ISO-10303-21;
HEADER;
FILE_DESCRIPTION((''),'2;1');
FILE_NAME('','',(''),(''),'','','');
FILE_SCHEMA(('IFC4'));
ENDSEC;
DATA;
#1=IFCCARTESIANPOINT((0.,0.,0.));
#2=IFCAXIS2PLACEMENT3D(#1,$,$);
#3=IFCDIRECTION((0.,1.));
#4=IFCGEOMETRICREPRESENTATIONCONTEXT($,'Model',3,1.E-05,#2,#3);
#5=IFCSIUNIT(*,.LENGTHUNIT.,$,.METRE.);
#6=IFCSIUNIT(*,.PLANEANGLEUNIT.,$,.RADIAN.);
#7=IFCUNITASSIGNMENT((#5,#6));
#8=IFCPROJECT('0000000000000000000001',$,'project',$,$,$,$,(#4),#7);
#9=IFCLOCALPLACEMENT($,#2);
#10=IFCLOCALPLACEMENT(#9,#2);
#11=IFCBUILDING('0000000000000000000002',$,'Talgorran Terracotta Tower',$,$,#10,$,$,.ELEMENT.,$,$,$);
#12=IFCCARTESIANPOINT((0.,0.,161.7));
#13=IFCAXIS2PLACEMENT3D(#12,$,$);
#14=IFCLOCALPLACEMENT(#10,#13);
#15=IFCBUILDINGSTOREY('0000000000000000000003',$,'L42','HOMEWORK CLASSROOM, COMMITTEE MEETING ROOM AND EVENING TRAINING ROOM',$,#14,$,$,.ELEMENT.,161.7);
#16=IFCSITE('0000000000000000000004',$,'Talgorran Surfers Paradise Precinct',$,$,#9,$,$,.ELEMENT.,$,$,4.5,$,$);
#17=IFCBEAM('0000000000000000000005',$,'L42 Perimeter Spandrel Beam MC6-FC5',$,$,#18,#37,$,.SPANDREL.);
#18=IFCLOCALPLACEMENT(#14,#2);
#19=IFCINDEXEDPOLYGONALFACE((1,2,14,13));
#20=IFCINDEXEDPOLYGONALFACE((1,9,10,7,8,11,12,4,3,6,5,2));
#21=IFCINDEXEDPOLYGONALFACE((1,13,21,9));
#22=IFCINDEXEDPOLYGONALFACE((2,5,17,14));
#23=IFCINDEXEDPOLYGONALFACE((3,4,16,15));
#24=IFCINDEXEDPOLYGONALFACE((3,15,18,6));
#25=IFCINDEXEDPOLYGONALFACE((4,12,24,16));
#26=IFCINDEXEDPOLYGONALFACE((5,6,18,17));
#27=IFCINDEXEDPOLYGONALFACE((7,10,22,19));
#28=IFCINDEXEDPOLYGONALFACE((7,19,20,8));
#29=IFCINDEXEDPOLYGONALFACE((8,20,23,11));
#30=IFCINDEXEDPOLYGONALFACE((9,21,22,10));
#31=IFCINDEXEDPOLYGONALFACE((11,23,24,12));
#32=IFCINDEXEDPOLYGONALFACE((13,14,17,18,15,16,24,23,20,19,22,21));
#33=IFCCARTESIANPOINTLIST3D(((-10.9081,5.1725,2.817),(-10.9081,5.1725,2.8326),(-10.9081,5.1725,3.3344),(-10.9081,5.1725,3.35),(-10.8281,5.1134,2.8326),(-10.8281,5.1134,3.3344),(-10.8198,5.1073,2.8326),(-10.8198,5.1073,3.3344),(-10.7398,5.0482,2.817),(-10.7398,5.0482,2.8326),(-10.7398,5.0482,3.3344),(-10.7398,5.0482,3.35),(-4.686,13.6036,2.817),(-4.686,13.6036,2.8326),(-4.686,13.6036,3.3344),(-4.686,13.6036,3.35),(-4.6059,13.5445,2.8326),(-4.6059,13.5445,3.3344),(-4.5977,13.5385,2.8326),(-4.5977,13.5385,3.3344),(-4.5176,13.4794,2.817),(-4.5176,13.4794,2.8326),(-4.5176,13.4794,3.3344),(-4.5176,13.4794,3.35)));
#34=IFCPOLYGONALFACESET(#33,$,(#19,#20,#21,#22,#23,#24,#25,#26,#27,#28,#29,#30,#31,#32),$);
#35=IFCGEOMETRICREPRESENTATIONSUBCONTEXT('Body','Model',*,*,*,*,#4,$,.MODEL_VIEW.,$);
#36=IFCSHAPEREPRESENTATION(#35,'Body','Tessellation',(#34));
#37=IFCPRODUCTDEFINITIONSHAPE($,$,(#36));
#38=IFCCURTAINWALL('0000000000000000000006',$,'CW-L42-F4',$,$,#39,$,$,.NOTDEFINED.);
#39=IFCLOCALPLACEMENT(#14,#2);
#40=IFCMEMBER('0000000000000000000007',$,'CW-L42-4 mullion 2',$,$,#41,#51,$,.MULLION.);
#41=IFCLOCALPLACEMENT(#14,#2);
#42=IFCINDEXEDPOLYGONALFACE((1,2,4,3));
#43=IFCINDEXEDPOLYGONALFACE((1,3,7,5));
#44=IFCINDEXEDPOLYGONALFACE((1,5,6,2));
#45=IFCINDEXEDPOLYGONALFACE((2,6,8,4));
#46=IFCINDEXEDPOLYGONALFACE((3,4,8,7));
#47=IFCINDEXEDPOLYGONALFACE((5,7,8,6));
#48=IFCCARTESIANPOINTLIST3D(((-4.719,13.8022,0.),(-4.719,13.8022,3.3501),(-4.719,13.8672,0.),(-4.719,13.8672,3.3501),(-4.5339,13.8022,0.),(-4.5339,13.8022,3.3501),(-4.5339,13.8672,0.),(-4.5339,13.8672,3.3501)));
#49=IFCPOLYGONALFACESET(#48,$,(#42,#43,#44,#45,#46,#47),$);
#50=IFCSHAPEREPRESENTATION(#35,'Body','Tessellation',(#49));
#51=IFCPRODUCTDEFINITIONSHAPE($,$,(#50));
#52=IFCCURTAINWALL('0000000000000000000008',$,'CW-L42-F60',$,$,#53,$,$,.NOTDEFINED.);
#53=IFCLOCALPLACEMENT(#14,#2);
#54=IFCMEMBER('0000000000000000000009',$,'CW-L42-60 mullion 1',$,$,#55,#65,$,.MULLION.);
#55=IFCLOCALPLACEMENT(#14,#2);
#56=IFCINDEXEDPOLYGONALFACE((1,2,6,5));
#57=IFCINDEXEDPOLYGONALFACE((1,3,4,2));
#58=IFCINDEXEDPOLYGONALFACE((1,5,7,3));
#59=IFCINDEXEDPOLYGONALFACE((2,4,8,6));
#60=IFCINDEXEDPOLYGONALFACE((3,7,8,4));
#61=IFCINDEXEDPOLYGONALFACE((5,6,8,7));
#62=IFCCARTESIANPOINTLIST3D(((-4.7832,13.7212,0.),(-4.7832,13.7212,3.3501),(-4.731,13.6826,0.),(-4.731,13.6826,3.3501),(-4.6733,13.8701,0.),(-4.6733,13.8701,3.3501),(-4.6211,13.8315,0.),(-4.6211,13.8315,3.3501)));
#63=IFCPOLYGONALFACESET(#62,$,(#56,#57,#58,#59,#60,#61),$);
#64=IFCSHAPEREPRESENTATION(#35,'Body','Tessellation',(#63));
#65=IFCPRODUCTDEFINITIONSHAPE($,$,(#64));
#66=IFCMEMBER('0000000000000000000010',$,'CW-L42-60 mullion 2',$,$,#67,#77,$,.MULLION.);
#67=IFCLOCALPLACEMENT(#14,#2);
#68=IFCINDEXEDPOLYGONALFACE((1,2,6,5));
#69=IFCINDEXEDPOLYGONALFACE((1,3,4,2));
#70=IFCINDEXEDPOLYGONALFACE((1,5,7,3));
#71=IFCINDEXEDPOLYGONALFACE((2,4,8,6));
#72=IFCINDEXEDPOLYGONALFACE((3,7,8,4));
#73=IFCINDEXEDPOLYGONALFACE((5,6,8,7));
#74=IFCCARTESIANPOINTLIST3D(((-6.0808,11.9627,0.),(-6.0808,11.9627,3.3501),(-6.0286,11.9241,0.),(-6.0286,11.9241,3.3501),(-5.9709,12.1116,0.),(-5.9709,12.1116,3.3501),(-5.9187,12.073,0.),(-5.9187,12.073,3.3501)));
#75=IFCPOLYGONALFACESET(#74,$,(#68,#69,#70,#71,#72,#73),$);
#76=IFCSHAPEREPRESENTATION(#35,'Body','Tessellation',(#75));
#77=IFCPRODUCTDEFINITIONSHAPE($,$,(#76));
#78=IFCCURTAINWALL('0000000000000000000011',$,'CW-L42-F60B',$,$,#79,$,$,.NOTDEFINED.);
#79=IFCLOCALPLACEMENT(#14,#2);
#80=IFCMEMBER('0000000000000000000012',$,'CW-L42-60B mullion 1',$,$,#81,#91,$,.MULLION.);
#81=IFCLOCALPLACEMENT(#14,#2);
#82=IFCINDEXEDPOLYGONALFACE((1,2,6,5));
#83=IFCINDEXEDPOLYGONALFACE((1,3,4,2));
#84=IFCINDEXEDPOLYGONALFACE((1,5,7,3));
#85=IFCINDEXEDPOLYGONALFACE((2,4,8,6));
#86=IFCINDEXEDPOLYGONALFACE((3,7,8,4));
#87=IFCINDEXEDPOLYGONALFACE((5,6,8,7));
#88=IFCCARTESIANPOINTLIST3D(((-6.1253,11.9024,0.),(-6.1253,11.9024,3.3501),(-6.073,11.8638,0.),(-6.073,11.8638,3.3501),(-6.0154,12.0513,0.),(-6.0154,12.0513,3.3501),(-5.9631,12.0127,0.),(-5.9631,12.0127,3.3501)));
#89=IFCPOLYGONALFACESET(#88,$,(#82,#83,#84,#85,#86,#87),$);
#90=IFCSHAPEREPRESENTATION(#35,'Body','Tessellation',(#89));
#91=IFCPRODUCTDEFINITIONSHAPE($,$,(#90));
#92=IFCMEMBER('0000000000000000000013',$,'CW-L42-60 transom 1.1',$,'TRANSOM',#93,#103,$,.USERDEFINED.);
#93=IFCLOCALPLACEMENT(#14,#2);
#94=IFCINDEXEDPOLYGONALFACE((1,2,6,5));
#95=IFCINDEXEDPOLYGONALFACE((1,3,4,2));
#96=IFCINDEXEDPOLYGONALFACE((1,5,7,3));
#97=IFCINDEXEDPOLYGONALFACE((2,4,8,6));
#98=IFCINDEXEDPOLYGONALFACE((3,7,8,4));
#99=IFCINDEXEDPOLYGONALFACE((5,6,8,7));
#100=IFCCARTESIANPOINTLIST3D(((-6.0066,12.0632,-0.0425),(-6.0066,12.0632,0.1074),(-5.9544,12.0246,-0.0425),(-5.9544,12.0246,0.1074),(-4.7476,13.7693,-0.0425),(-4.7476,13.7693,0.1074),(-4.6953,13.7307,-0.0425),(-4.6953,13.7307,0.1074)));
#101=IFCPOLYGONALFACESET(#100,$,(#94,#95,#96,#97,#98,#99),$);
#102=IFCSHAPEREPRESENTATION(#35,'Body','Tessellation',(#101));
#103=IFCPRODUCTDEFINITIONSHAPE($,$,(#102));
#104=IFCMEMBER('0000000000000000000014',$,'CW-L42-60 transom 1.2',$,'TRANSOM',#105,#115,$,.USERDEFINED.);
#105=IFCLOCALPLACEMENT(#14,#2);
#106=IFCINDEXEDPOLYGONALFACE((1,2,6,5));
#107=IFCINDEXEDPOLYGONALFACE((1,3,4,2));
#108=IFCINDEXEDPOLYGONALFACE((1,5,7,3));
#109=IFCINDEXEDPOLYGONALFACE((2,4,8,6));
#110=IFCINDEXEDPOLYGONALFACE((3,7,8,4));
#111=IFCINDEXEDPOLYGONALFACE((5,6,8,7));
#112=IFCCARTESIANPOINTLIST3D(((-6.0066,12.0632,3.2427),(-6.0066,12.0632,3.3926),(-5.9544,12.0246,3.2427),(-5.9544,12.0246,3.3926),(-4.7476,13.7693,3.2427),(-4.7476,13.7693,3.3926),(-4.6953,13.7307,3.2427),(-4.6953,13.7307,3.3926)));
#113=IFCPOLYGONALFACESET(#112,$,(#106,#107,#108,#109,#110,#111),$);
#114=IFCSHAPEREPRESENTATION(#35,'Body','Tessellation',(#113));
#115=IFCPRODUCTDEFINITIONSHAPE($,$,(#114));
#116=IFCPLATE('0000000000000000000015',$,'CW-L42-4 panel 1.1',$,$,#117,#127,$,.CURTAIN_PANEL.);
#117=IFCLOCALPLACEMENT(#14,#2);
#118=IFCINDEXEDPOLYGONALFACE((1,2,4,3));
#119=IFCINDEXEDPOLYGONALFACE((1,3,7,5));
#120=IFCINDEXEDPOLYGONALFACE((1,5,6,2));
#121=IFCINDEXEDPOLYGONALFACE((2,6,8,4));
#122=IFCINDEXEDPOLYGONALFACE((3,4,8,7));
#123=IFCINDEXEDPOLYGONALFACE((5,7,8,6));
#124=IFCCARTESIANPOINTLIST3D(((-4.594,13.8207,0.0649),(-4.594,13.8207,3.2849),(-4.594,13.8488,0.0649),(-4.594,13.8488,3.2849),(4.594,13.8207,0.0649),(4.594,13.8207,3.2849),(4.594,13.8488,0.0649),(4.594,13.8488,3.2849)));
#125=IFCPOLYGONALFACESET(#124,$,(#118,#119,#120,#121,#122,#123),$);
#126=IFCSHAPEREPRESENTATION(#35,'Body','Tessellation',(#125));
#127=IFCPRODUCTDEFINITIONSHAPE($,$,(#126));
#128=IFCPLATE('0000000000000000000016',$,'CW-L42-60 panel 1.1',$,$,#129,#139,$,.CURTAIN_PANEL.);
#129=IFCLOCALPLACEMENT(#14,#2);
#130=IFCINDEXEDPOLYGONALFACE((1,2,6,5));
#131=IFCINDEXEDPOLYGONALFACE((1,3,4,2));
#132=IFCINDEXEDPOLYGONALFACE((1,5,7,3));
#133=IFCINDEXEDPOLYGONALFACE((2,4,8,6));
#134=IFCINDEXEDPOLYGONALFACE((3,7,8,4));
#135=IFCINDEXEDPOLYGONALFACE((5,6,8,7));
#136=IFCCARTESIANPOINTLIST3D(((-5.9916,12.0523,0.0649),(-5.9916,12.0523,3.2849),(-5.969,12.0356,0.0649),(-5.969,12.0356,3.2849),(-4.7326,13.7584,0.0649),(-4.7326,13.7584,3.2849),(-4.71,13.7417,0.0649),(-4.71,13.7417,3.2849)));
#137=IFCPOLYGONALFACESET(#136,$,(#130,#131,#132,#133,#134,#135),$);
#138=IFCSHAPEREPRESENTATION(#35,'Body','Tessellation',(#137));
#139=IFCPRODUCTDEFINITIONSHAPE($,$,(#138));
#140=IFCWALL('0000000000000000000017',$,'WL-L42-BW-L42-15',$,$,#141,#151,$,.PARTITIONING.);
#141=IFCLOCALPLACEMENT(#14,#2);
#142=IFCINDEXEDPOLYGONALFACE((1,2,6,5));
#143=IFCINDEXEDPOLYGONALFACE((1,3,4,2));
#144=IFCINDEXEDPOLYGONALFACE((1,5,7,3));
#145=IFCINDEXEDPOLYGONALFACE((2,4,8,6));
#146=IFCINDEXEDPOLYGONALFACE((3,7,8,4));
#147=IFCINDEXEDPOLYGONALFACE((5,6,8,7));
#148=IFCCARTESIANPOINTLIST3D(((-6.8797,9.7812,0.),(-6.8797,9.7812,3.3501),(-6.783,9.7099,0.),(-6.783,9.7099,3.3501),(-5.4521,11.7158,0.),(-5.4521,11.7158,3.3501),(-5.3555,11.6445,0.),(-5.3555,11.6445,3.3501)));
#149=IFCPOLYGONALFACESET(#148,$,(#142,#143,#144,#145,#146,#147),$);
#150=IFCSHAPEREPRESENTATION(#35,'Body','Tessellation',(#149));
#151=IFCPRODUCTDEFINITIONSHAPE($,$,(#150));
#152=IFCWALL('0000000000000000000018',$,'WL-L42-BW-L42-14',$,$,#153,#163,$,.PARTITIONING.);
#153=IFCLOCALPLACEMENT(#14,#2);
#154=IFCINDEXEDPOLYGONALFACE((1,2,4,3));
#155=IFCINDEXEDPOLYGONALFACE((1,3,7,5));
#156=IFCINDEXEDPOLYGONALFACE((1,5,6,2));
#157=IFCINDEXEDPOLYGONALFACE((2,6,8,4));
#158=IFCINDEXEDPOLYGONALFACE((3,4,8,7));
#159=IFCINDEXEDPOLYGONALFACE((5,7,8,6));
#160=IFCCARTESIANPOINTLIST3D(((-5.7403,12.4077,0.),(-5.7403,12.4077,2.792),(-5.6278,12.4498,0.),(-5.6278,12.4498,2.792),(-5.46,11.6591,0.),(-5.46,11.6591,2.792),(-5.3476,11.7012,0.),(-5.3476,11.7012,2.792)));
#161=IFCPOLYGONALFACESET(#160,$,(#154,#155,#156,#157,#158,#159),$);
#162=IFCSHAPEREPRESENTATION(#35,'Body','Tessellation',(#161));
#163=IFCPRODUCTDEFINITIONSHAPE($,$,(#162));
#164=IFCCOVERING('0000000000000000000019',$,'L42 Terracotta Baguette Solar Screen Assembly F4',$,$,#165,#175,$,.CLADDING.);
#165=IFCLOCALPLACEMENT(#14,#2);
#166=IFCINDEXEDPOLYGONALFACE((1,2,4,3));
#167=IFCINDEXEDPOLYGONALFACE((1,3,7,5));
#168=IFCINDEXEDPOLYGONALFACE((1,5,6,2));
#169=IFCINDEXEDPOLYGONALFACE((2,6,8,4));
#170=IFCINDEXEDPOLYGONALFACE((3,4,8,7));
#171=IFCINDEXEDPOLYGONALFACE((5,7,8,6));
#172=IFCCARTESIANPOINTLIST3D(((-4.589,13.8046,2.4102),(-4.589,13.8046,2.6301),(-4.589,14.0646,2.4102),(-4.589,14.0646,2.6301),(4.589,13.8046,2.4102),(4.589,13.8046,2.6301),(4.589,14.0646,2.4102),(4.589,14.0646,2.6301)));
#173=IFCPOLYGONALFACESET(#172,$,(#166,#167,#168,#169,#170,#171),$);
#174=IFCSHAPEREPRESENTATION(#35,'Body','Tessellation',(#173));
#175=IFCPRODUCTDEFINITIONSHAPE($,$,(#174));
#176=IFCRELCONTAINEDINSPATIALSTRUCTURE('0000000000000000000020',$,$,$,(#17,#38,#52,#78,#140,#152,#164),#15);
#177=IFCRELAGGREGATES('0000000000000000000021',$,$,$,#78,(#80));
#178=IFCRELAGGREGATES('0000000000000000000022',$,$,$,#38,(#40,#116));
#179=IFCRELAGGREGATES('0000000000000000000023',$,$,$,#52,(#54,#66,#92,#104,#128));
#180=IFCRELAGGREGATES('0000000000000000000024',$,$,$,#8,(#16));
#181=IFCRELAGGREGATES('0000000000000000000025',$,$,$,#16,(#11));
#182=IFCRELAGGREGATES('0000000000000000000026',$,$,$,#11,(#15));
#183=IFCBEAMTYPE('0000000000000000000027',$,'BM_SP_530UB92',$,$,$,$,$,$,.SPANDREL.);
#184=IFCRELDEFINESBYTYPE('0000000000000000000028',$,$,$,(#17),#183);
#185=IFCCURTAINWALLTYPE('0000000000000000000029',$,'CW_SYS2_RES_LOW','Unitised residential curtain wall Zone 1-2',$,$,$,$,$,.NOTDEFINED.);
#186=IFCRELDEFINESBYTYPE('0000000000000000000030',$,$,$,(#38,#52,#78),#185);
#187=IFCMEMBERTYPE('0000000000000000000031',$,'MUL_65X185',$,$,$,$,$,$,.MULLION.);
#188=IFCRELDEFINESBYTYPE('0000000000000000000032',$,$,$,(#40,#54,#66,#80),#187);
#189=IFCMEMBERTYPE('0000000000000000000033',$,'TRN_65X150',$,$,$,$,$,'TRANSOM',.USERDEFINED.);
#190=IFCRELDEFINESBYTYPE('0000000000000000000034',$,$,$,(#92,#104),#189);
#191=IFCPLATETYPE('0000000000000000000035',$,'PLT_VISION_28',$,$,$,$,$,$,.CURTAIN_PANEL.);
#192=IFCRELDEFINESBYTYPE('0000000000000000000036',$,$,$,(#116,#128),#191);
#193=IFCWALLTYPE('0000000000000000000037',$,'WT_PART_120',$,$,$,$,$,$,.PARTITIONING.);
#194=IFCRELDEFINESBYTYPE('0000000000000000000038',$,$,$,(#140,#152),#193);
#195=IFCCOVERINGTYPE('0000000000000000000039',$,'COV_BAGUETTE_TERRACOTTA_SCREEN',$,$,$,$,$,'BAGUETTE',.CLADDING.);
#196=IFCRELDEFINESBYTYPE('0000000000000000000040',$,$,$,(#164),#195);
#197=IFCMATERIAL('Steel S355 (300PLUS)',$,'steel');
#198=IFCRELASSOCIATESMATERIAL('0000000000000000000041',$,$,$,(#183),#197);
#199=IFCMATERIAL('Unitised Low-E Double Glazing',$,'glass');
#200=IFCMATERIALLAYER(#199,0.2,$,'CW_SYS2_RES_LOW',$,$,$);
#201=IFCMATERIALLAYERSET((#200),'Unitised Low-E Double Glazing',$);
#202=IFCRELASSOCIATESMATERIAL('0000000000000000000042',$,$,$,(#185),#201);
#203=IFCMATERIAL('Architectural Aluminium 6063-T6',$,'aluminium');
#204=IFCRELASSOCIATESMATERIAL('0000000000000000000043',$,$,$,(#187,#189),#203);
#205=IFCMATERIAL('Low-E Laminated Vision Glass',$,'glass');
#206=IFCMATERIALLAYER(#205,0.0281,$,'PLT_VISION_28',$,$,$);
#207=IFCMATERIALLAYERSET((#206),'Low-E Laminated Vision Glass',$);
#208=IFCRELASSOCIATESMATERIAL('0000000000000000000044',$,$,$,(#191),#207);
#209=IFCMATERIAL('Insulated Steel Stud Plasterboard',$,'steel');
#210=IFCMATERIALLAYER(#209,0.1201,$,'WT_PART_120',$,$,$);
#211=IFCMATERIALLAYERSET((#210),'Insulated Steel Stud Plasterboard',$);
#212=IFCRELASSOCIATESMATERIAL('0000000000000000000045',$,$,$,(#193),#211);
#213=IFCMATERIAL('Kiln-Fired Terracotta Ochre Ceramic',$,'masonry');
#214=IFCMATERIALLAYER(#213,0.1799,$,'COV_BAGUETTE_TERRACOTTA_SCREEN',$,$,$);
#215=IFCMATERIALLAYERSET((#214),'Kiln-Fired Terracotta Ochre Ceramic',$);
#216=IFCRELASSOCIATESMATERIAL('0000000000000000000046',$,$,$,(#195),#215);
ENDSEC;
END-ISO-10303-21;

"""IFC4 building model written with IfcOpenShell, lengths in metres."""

from ifc_helpers import new_model, si_unit, direction, frame, frame_2d, origin, origin_2d, place, context, subcontext, project, spatial, rectangle, i_section, extrude, source, transform, mapped, material, layer, layer_set, material_profile, profile_set, type_object, type_shapes, element, aggregate, save


model = new_model("IFC4")

# Units and contexts
model_context = context("Model", 3, precision=1e-05, world=origin(), true_north=direction((0.0, 1.0)))
body_context = subcontext(model_context, "Body", "Model", "MODEL_VIEW")
ifc_project = project(units=[si_unit("LENGTHUNIT", "METRE"), si_unit("PLANEANGLEUNIT", "RADIAN")], contexts=[model_context])

# Site, building, storey
site_placement = place(None, origin())
site = spatial("IfcSite", under=ifc_project, at=site_placement, Name="Talgorran Surfers Paradise Precinct", CompositionType="ELEMENT", RefElevation=4.5)
building_placement = place(site_placement, origin())
building = spatial("IfcBuilding", under=site, at=building_placement, Name="Talgorran Terracotta Tower", CompositionType="ELEMENT")
storey_placement = place(building_placement, frame((0.0, 0.0, 161.7)))
storey = spatial("IfcBuildingStorey", under=building, at=storey_placement, Name="L42", Description="HOMEWORK CLASSROOM, COMMITTEE MEETING ROOM AND EVENING TRAINING ROOM", CompositionType="ELEMENT", Elevation=161.7)

# Shared definitions
ifc_material_1 = material(Name="Steel S355 (300PLUS)", Category="steel")

# Beam
ifc_material_profile_1 = material_profile(ifc_material_1, i_section(OverallWidth=0.2092, OverallDepth=0.533, WebThickness=0.0103, FlangeThickness=0.0156, at=origin_2d()), Name="530UB92.4")
ifc_profile_set_1 = profile_set([ifc_material_profile_1], Name="Steel S355 (300PLUS)")
beam_type_1 = type_object("IfcBeamType", Name="BM_SP_530UB92", PredefinedType="SPANDREL", material=ifc_profile_set_1)
beam_1_placement = place(storey_placement, frame((-4.6018, 13.5415, 3.0835), z_axis=(-0.593801, -0.804612, 0.0), x_axis=(0.804612, -0.593801, 0.0)))
element("IfcBeam", 1, at=beam_1_placement, inside=storey, type_object=beam_type_1, Name="L42 Perimeter Spandrel Beam MC6-FC5", PredefinedType="SPANDREL", context=body_context, shape_type="SweptSolid", body=[
    extrude(i_section(OverallWidth=0.2092, OverallDepth=0.533, WebThickness=0.0103, FlangeThickness=0.0156, at=origin_2d()), origin(), (0.0, 0.0, 1.0), 10.4785),
])

# Curtain wall, member
ifc_material_2 = material(Name="Unitised Low-E Double Glazing", Category="glass")
ifc_layer_1 = layer(ifc_material_2, 0.2, Name="CW_SYS2_RES_LOW")
ifc_layer_set_1 = layer_set([ifc_layer_1], Name="Unitised Low-E Double Glazing")
curtain_wall_type = type_object("IfcCurtainWallType", Name="CW_SYS2_RES_LOW", Description="Unitised residential curtain wall Zone 1-2", PredefinedType="NOTDEFINED", material=ifc_layer_set_1)
curtain_wall_1_placement = place(storey_placement, origin())
curtain_wall_1 = element("IfcCurtainWall", 2, at=curtain_wall_1_placement, inside=storey, type_object=curtain_wall_type, Name="CW-L42-F4", PredefinedType="NOTDEFINED")
ifc_material_3 = material(Name="Architectural Aluminium 6063-T6", Category="aluminium")
ifc_material_profile_2 = material_profile(ifc_material_3, rectangle(XDim=0.0649, YDim=0.1851, at=origin_2d()), Name="CWM65X185")
ifc_profile_set_2 = profile_set([ifc_material_profile_2], Name="Architectural Aluminium 6063-T6")
member_type_1 = type_object("IfcMemberType", Name="MUL_65X185", PredefinedType="MULLION", material=ifc_profile_set_2)
member_1_placement = place(storey_placement, frame((-4.6265, 13.8347, 0.0), z_axis=(0.0, 0.0, 1.0), x_axis=(0.0, -1.0, 0.0)))
member_1 = element("IfcMember", 3, at=member_1_placement, type_object=member_type_1, Name="CW-L42-4 mullion 2", PredefinedType="MULLION", context=body_context, shape_type="SweptSolid", body=[
    extrude(rectangle(XDim=0.0649, YDim=0.1851, at=origin_2d()), origin(), (0.0, 0.0, 1.0), 3.3501),
])

# Curtain wall, members
curtain_wall_2_placement = place(storey_placement, origin())
curtain_wall_2 = element("IfcCurtainWall", 4, at=curtain_wall_2_placement, inside=storey, type_object=curtain_wall_type, Name="CW-L42-F60", PredefinedType="NOTDEFINED")
member_2_placement = place(storey_placement, frame((-4.7021, 13.7764, 0.0), z_axis=(0.0, 0.0, 1.0), x_axis=(0.804631, -0.593775, 0.0)))
member_2 = element("IfcMember", 5, at=member_2_placement, type_object=member_type_1, Name="CW-L42-60 mullion 1", PredefinedType="MULLION", context=body_context, shape_type="SweptSolid", body=[
    extrude(rectangle(XDim=0.0649, YDim=0.1851, at=origin_2d()), origin(), (0.0, 0.0, 1.0), 3.3501),
])
member_3_placement = place(storey_placement, frame((-5.9998, 12.0178, 0.0), z_axis=(0.0, 0.0, 1.0), x_axis=(0.804631, -0.593775, 0.0)))
member_3 = element("IfcMember", 6, at=member_3_placement, type_object=member_type_1, Name="CW-L42-60 mullion 2", PredefinedType="MULLION", context=body_context, shape_type="SweptSolid", body=[
    extrude(rectangle(XDim=0.0649, YDim=0.1851, at=origin_2d()), origin(), (0.0, 0.0, 1.0), 3.3501),
])

# Curtain wall, member
curtain_wall_3_placement = place(storey_placement, origin())
curtain_wall_3 = element("IfcCurtainWall", 7, at=curtain_wall_3_placement, inside=storey, type_object=curtain_wall_type, Name="CW-L42-F60B", PredefinedType="NOTDEFINED")
member_4_placement = place(storey_placement, frame((-6.0442, 11.9575, 0.0), z_axis=(0.0, 0.0, 1.0), x_axis=(0.804615, -0.593797, 0.0)))
member_4 = element("IfcMember", 8, at=member_4_placement, type_object=member_type_1, Name="CW-L42-60B mullion 1", PredefinedType="MULLION", context=body_context, shape_type="SweptSolid", body=[
    extrude(rectangle(XDim=0.0649, YDim=0.1851, at=origin_2d()), origin(), (0.0, 0.0, 1.0), 3.3501),
])
aggregate(curtain_wall_3, [member_4])

# Members
ifc_material_profile_3 = material_profile(ifc_material_3, rectangle(XDim=0.0649, YDim=0.1499, at=origin_2d()), Name="CWT65X150")
ifc_profile_set_3 = profile_set([ifc_material_profile_3], Name="Architectural Aluminium 6063-T6")
member_type_2 = type_object("IfcMemberType", Name="TRN_65X150", ElementType="TRANSOM", PredefinedType="USERDEFINED", material=ifc_profile_set_3)
member_5_placement = place(storey_placement, frame((-4.7214, 13.75, 0.0325), z_axis=(-0.593792, -0.804619, 0.0), x_axis=(0.804619, -0.593792, 0.0)))
member_5 = element("IfcMember", 9, at=member_5_placement, type_object=member_type_2, Name="CW-L42-60 transom 1.1", ObjectType="TRANSOM", PredefinedType="USERDEFINED", context=body_context, shape_type="SweptSolid", body=[
    extrude(rectangle(XDim=0.0649, YDim=0.1499, at=origin_2d()), origin(), (0.0, 0.0, 1.0), 2.1204),
])
member_6_placement = place(storey_placement, frame((-4.7214, 13.75, 3.3176), z_axis=(-0.593792, -0.804619, 0.0), x_axis=(0.804619, -0.593792, 0.0)))
member_6 = element("IfcMember", 10, at=member_6_placement, type_object=member_type_2, Name="CW-L42-60 transom 1.2", ObjectType="TRANSOM", PredefinedType="USERDEFINED", context=body_context, shape_type="SweptSolid", body=[
    extrude(rectangle(XDim=0.0649, YDim=0.1499, at=origin_2d()), origin(), (0.0, 0.0, 1.0), 2.1204),
])

# Plates
ifc_material_4 = material(Name="Low-E Laminated Vision Glass", Category="glass")
ifc_layer_2 = layer(ifc_material_4, 0.0281, Name="PLT_VISION_28")
ifc_layer_set_2 = layer_set([ifc_layer_2], Name="Low-E Laminated Vision Glass")
plate_type = type_object("IfcPlateType", Name="PLT_VISION_28", PredefinedType="CURTAIN_PANEL", material=ifc_layer_set_2)
shared_shape_1 = source(origin(), body_context, "Body", "SweptSolid", [
    extrude(rectangle(XDim=9.188, YDim=0.0281, at=origin_2d()), origin(), (0.0, 0.0, 1.0), 3.22),
])
plate_1_placement = place(storey_placement, frame((0.0, 13.8347, 0.0649), z_axis=(0.0, 0.0, 1.0), x_axis=(-1.0, 0.0, 0.0)))
plate_1 = element("IfcPlate", 11, at=plate_1_placement, type_object=plate_type, Name="CW-L42-4 panel 1.1", PredefinedType="CURTAIN_PANEL", context=body_context, shape_type="MappedRepresentation", body=[
    mapped(shared_shape_1, transform((0.0, 0.0, 0.0), scale=1.0)),
])
aggregate(curtain_wall_1, [member_1, plate_1])
shared_shape_2 = source(origin(), body_context, "Body", "SweptSolid", [
    extrude(rectangle(XDim=2.1204, YDim=0.0281, at=origin_2d()), origin(), (0.0, 0.0, 1.0), 3.22),
])
type_shapes(plate_type, [shared_shape_1, shared_shape_2])
plate_2_placement = place(storey_placement, frame((-5.3508, 12.897, 0.0649), z_axis=(0.0, 0.0, 1.0), x_axis=(-0.593775, -0.804631, 0.0)))
plate_2 = element("IfcPlate", 12, at=plate_2_placement, type_object=plate_type, Name="CW-L42-60 panel 1.1", PredefinedType="CURTAIN_PANEL", context=body_context, shape_type="MappedRepresentation", body=[
    mapped(shared_shape_2, transform((0.0, 0.0, 0.0), scale=1.0)),
])
aggregate(curtain_wall_2, [member_2, member_3, member_5, member_6, plate_2])

# Walls
ifc_material_5 = material(Name="Insulated Steel Stud Plasterboard", Category="steel")
ifc_layer_3 = layer(ifc_material_5, 0.1201, Name="WT_PART_120")
ifc_layer_set_3 = layer_set([ifc_layer_3], Name="Insulated Steel Stud Plasterboard")
wall_type = type_object("IfcWallType", Name="WT_PART_120", PredefinedType="PARTITIONING", material=ifc_layer_set_3)
wall_1_placement = place(storey_placement, frame((-5.4038, 11.6802, 0.0), z_axis=(0.0, 0.0, 1.0), x_axis=(-0.593743, -0.804655, 0.0)))
element("IfcWall", 13, at=wall_1_placement, inside=storey, type_object=wall_type, Name="WL-L42-BW-L42-15", PredefinedType="PARTITIONING", context=body_context, shape_type="SweptSolid", body=[
    extrude(rectangle(XDim=2.4043, YDim=0.1201, at=frame_2d((1.2021, 0.0))), origin(), (0.0, 0.0, 1.0), 3.3501),
])
wall_2_placement = place(storey_placement, frame((-5.6841, 12.4287, 0.0), z_axis=(0.0, 0.0, 1.0), x_axis=(0.350655, -0.936505, 0.0)))
element("IfcWall", 14, at=wall_2_placement, inside=storey, type_object=wall_type, Name="WL-L42-BW-L42-14", PredefinedType="PARTITIONING", context=body_context, shape_type="SweptSolid", body=[
    extrude(rectangle(XDim=0.7993, YDim=0.1201, at=frame_2d((0.3997, 0.0))), origin(), (0.0, 0.0, 1.0), 2.792),
])

# Covering
ifc_material_6 = material(Name="Kiln-Fired Terracotta Ochre Ceramic", Category="masonry")
ifc_layer_4 = layer(ifc_material_6, 0.1799, Name="COV_BAGUETTE_TERRACOTTA_SCREEN")
ifc_layer_set_4 = layer_set([ifc_layer_4], Name="Kiln-Fired Terracotta Ochre Ceramic")
covering_type_1 = type_object("IfcCoveringType", Name="COV_BAGUETTE_TERRACOTTA_SCREEN", ElementType="BAGUETTE", PredefinedType="CLADDING", material=ifc_layer_set_4)
covering_1_placement = place(storey_placement, frame((0.0, 13.9346, 2.4102), z_axis=(0.0, 0.0, 1.0), x_axis=(-1.0, 0.0, 0.0)))
element("IfcCovering", 15, at=covering_1_placement, inside=storey, type_object=covering_type_1, Name="L42 Terracotta Baguette Solar Screen Assembly F4", PredefinedType="CLADDING", context=body_context, shape_type="SweptSolid", body=[
    extrude(rectangle(XDim=9.178, YDim=0.26, at=origin_2d()), origin(), (0.0, 0.0, 1.0), 0.22),
])

save(model, "model.ifc")
